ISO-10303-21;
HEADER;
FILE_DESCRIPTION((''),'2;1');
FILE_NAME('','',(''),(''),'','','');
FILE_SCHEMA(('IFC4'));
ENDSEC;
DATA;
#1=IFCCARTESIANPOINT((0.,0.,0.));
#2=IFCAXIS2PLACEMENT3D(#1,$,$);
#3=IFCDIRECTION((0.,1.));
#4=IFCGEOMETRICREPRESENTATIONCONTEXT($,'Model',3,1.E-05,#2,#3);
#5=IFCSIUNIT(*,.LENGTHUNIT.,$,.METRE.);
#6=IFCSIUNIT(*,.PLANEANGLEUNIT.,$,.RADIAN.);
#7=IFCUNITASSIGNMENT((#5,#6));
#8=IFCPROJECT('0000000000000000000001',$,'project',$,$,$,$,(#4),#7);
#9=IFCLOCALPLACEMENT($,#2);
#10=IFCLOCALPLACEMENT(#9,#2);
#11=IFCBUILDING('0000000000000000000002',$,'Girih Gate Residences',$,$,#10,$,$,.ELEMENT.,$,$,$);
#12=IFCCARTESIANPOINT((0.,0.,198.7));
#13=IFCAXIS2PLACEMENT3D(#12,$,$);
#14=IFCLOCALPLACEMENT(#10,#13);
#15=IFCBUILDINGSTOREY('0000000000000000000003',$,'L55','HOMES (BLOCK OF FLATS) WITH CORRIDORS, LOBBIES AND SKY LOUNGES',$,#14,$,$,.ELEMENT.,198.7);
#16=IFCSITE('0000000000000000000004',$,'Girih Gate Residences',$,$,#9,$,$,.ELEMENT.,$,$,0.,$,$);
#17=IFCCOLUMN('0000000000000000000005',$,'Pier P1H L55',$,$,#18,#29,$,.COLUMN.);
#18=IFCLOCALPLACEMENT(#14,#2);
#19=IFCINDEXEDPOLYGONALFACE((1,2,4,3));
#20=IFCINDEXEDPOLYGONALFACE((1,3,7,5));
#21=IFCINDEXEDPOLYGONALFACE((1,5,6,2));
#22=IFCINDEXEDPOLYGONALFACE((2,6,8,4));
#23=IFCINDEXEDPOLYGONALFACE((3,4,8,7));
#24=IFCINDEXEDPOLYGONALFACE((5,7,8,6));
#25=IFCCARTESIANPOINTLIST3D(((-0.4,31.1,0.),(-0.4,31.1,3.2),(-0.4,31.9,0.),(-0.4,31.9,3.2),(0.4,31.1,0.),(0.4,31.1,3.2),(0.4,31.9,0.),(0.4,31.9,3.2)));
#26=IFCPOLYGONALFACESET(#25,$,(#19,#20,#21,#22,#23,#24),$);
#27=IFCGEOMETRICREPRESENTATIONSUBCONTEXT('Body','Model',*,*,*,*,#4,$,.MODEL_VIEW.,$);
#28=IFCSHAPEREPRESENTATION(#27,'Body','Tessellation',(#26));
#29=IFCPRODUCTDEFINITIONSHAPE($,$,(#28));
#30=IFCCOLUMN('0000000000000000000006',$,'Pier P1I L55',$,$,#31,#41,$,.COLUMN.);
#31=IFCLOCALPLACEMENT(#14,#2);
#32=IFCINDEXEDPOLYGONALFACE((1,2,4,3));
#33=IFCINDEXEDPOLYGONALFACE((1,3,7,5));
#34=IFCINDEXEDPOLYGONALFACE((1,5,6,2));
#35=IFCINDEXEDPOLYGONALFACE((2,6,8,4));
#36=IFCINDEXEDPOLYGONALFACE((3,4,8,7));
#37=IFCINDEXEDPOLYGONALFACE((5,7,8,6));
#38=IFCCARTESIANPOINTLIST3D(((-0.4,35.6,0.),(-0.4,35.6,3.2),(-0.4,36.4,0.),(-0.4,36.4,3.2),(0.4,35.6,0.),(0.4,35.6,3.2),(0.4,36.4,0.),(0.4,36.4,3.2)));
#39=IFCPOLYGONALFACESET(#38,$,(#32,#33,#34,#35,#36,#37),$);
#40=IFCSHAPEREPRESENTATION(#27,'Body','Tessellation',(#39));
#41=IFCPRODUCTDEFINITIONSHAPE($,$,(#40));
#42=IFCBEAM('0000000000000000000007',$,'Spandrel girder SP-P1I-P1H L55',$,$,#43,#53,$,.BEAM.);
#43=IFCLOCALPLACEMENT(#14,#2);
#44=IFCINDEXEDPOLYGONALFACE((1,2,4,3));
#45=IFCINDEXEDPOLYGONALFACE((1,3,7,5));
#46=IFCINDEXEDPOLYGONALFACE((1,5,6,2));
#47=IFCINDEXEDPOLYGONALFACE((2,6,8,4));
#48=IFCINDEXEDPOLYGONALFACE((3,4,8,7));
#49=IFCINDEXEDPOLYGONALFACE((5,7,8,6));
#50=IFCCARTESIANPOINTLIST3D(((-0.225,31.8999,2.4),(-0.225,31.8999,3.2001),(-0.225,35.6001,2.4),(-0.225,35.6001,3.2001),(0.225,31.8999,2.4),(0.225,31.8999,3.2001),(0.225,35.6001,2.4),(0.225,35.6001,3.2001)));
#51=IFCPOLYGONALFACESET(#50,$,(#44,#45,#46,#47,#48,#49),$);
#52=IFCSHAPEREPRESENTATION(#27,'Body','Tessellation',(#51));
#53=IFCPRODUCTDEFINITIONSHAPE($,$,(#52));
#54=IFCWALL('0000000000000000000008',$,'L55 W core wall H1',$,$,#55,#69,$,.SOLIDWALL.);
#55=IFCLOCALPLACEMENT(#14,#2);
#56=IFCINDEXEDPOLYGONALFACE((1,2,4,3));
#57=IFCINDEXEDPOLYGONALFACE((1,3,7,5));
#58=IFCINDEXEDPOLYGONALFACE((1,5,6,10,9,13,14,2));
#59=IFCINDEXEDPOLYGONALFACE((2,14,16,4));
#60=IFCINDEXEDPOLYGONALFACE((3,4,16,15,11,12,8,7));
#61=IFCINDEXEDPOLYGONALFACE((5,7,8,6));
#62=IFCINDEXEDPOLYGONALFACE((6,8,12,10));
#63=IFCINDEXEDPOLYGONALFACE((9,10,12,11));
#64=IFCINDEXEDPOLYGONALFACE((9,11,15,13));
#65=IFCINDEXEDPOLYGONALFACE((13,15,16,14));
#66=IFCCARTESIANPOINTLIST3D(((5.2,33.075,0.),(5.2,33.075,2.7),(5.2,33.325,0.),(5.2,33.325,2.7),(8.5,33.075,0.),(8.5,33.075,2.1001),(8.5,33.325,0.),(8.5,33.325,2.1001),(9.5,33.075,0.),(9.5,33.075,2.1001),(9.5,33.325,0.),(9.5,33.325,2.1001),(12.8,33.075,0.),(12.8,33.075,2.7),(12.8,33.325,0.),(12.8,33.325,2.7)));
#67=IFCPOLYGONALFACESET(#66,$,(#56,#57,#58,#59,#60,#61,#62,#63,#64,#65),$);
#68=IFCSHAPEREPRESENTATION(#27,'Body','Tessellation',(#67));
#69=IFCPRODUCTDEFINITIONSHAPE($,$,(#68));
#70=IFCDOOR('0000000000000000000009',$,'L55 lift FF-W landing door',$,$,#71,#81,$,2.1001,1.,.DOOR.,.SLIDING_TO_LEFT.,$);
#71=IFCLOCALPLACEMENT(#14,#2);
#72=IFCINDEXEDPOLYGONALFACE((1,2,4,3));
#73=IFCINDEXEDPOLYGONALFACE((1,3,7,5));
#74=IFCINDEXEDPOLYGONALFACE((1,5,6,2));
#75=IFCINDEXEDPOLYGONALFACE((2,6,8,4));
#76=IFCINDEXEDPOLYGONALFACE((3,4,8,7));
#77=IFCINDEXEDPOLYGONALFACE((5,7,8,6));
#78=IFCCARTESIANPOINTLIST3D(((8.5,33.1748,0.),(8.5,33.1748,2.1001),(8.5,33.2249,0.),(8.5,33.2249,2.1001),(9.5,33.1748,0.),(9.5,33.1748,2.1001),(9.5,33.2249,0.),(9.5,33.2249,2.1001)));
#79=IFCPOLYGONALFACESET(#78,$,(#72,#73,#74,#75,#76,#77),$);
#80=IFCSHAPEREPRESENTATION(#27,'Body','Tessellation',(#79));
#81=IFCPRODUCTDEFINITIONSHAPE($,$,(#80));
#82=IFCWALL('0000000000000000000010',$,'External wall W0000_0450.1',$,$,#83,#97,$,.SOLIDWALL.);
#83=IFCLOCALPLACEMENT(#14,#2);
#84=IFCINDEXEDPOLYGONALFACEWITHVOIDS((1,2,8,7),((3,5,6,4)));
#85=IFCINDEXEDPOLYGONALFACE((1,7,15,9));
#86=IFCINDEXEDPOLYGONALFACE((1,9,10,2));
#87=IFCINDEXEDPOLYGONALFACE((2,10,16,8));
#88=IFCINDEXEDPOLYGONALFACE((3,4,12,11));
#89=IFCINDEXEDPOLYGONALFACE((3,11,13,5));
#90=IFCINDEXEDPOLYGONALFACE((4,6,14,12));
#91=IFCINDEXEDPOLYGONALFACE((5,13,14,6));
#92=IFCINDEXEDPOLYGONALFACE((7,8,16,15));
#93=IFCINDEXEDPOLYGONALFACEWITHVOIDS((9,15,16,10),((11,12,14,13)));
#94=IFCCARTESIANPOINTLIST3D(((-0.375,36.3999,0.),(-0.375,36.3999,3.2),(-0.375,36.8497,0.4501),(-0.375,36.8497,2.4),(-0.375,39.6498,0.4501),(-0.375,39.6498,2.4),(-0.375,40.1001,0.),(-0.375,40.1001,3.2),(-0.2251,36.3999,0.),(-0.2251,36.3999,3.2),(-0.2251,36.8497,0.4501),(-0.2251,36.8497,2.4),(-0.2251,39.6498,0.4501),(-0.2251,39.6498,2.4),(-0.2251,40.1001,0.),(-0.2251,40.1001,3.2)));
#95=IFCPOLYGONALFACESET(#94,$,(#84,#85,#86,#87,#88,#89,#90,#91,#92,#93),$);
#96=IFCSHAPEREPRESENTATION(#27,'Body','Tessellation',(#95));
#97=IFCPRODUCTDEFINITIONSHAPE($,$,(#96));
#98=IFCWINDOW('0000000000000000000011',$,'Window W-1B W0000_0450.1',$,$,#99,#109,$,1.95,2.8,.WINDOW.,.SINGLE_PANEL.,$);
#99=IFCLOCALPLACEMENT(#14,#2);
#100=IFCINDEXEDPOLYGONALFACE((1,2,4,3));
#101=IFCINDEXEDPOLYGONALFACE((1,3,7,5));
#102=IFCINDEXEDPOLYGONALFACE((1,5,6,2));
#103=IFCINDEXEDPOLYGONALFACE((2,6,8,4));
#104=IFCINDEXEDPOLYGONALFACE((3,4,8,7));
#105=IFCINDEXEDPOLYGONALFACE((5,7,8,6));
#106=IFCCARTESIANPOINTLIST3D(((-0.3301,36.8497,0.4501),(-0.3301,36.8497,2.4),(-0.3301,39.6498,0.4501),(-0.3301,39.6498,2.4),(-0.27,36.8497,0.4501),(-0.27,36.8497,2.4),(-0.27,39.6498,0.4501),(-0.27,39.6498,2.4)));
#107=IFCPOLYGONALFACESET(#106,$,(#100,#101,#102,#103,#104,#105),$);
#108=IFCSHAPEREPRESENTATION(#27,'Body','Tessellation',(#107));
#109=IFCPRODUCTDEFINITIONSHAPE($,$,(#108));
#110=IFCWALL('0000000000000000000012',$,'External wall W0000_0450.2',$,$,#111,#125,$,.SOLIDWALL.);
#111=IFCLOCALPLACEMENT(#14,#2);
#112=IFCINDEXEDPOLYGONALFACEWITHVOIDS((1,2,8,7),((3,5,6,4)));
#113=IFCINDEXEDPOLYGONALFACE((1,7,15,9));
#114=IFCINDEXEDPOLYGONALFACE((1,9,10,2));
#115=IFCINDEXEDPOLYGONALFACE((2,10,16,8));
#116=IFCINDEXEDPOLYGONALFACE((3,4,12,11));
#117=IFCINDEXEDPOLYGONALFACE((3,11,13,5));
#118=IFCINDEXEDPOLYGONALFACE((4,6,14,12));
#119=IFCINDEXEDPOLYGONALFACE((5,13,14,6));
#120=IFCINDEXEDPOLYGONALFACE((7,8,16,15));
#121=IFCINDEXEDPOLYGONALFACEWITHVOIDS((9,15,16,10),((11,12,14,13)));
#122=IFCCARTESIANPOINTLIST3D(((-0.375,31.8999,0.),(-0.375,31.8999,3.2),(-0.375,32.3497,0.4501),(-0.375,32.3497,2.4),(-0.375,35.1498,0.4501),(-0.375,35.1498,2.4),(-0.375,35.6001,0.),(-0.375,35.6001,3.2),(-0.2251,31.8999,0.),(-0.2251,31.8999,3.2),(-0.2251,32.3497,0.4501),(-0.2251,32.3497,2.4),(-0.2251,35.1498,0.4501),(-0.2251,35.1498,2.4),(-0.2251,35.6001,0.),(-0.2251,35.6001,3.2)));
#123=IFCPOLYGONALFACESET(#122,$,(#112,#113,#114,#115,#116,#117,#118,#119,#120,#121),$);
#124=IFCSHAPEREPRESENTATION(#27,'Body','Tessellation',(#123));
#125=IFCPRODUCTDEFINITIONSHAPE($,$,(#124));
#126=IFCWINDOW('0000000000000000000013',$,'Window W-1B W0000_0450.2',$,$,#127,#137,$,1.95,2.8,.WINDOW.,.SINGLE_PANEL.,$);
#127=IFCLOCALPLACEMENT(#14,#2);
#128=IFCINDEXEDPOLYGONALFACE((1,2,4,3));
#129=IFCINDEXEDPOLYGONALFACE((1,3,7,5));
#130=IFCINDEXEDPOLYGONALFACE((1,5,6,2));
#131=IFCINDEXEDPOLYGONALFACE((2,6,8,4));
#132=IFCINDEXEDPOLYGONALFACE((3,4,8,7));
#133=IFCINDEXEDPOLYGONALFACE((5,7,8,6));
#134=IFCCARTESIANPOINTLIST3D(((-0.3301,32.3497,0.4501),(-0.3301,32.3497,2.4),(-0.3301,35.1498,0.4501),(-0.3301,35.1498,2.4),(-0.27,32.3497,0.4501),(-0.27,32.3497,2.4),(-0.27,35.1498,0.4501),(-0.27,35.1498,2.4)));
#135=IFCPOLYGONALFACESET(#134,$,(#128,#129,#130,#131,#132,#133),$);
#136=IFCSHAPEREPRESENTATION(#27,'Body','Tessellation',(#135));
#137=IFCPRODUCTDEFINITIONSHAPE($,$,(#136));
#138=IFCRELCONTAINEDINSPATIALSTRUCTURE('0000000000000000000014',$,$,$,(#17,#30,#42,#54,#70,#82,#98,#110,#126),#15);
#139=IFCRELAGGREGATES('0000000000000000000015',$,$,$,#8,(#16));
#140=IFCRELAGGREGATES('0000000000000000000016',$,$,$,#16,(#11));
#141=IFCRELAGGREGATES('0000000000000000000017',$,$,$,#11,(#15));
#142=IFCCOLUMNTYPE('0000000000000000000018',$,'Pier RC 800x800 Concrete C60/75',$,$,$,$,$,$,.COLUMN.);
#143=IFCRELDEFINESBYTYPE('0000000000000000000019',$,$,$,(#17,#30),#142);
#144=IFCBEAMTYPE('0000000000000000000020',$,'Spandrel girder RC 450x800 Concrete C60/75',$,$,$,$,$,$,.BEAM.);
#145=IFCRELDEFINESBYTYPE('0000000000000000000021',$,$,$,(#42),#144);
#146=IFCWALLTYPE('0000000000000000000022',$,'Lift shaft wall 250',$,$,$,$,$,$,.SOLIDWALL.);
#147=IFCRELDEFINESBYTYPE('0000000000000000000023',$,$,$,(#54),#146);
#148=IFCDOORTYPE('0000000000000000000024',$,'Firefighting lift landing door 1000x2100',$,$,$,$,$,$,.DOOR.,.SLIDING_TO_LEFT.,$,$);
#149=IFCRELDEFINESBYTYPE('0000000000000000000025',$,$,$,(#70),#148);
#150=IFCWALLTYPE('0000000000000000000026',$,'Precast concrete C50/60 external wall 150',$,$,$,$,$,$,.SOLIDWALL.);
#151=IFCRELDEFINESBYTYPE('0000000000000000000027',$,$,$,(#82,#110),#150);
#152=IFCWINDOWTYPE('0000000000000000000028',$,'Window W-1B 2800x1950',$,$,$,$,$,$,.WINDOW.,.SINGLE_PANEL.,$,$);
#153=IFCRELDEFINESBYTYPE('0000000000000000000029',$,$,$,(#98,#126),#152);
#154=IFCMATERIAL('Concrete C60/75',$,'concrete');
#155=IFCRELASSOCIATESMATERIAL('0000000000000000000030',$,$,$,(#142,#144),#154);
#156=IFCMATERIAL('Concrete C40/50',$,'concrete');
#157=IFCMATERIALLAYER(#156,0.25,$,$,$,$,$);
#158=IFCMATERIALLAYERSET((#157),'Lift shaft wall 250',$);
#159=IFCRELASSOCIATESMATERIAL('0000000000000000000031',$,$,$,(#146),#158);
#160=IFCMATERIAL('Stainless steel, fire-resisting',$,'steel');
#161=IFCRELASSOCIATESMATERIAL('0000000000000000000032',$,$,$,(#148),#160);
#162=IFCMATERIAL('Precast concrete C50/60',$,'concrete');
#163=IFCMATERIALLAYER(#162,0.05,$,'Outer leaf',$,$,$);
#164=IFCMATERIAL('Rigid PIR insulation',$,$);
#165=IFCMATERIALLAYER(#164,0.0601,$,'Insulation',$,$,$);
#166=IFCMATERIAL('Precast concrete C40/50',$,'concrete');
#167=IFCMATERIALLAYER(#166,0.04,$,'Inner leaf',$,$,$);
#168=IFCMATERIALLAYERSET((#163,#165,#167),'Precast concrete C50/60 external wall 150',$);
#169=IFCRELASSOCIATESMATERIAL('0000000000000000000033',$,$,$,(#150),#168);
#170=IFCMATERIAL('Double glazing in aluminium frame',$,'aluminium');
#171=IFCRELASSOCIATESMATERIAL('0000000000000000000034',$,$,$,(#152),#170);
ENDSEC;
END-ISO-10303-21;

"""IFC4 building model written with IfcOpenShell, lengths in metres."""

from ifc_helpers import new_model, si_unit, direction, frame, frame_2d, origin, origin_2d, place, context, subcontext, project, spatial, rectangle, extrude, material, layer, layer_set, material_profile, profile_set, type_object, element, fill, save


model = new_model("IFC4")

# Units and contexts
model_context = context("Model", 3, precision=1e-05, world=origin(), true_north=direction((0.0, 1.0)))
body_context = subcontext(model_context, "Body", "Model", "MODEL_VIEW")
ifc_project = project(units=[si_unit("LENGTHUNIT", "METRE"), si_unit("PLANEANGLEUNIT", "RADIAN")], contexts=[model_context])

# Site, building, storey
site_placement = place(None, origin())
site = spatial("IfcSite", under=ifc_project, at=site_placement, Name="Girih Gate Residences", CompositionType="ELEMENT", RefElevation=0.0)
building_placement = place(site_placement, origin())
building = spatial("IfcBuilding", under=site, at=building_placement, Name="Girih Gate Residences", CompositionType="ELEMENT")
storey_placement = place(building_placement, frame((0.0, 0.0, 198.7)))
storey = spatial("IfcBuildingStorey", under=building, at=storey_placement, Name="L55", Description="HOMES (BLOCK OF FLATS) WITH CORRIDORS, LOBBIES AND SKY LOUNGES", CompositionType="ELEMENT", Elevation=198.7)

# Columns
ifc_material_1 = material(Name="Concrete C60/75", Category="concrete")
ifc_material_profile_1 = material_profile(ifc_material_1, rectangle(XDim=0.8, YDim=0.8, at=origin_2d()))
ifc_profile_set_1 = profile_set([ifc_material_profile_1], Name="Concrete C60/75")
column_type = type_object("IfcColumnType", Name="Pier RC 800x800 Concrete C60/75", PredefinedType="COLUMN", material=ifc_profile_set_1)
for number, where, z_axis, x_axis, name in (
    (1, (0.0, 31.5, 0.0), (0.0, 0.0, 1.0), (1.0, 0.0, 0.0), "Pier P1H L55"),
    (2, (0.0, 36.0, 0.0), (0.0, 0.0, 1.0), (1.0, 0.0, 0.0), "Pier P1I L55"),
):
    element("IfcColumn", number, at=place(storey_placement, frame(where, z_axis=z_axis, x_axis=x_axis)), inside=storey, type_object=column_type, Name=name, PredefinedType="COLUMN", context=body_context, shape_type="SweptSolid", body=[
        extrude(rectangle(XDim=0.8, YDim=0.8, at=origin_2d()), origin(), (0.0, 0.0, 1.0), 3.2),
    ])

# Beam
ifc_material_profile_2 = material_profile(ifc_material_1, rectangle(XDim=0.45, YDim=0.8, at=origin_2d()))
ifc_profile_set_2 = profile_set([ifc_material_profile_2], Name="Concrete C60/75")
beam_type = type_object("IfcBeamType", Name="Spandrel girder RC 450x800 Concrete C60/75", PredefinedType="BEAM", material=ifc_profile_set_2)
beam_placement = place(storey_placement, frame((0.0, 35.6001, 2.8), z_axis=(0.0, -1.0, 0.0), x_axis=(1.0, 0.0, 0.0)))
element("IfcBeam", 3, at=beam_placement, inside=storey, type_object=beam_type, Name="Spandrel girder SP-P1I-P1H L55", PredefinedType="BEAM", context=body_context, shape_type="SweptSolid", body=[
    extrude(rectangle(XDim=0.45, YDim=0.8, at=origin_2d()), origin(), (0.0, 0.0, 1.0), 3.7002),
])

# Wall, opening, door
ifc_material_2 = material(Name="Concrete C40/50", Category="concrete")
ifc_layer_1 = layer(ifc_material_2, 0.25)
ifc_layer_set_1 = layer_set([ifc_layer_1], Name="Lift shaft wall 250")
wall_type_1 = type_object("IfcWallType", Name="Lift shaft wall 250", PredefinedType="SOLIDWALL", material=ifc_layer_set_1)
wall_1_placement = place(storey_placement, frame((5.2, 33.2, 0.0), z_axis=(0.0, 0.0, 1.0), x_axis=(1.0, 0.0, 0.0)))
wall_1 = element("IfcWall", 4, at=wall_1_placement, inside=storey, type_object=wall_type_1, Name="L55 W core wall H1", PredefinedType="SOLIDWALL", context=body_context, shape_type="SweptSolid", body=[
    extrude(rectangle(XDim=7.6001, YDim=0.25, at=frame_2d((3.8, 0.0))), origin(), (0.0, 0.0, 1.0), 2.7),
])
opening_1_placement = place(wall_1_placement, frame((3.3, 0.0, 0.0)))
opening_1 = element("IfcOpeningElement", 5, at=opening_1_placement, cuts=wall_1, PredefinedType="OPENING", context=body_context, shape_type="SweptSolid", body=[
    extrude(rectangle(XDim=1.0, YDim=2.1001, at=frame_2d((0.5, 1.05))), frame((0.0, 0.135, 0.0), z_axis=(0.0, -1.0, 0.0), x_axis=(1.0, 0.0, 0.0)), (0.0, 0.0, 1.0), 0.27),
])
ifc_material_3 = material(Name="Stainless steel, fire-resisting", Category="steel")
door_type_1 = type_object("IfcDoorType", Name="Firefighting lift landing door 1000x2100", OperationType="SLIDING_TO_LEFT", PredefinedType="DOOR", material=ifc_material_3)
door_1_placement = place(opening_1_placement, origin())
door_1 = element("IfcDoor", 6, at=door_1_placement, inside=storey, type_object=door_type_1, Name="L55 lift FF-W landing door", OperationType="SLIDING_TO_LEFT", OverallHeight=2.1001, OverallWidth=1.0, PredefinedType="DOOR", context=body_context, shape_type="SweptSolid", body=[
    extrude(rectangle(XDim=1.0, YDim=2.1001, at=frame_2d((0.5, 1.05))), frame((0.0, 0.0249, 0.0), z_axis=(0.0, -1.0, 0.0), x_axis=(1.0, 0.0, 0.0)), (0.0, 0.0, 1.0), 0.05),
])
fill(opening_1, door_1)

# Walls, openings, windows
ifc_material_4 = material(Name="Precast concrete C50/60", Category="concrete")
ifc_layer_2 = layer(ifc_material_4, 0.05, Name="Outer leaf")
ifc_material_5 = material(Name="Rigid PIR insulation")
ifc_layer_3 = layer(ifc_material_5, 0.0601, Name="Insulation")
ifc_material_6 = material(Name="Precast concrete C40/50", Category="concrete")
ifc_layer_4 = layer(ifc_material_6, 0.04, Name="Inner leaf")
ifc_layer_set_2 = layer_set([ifc_layer_2, ifc_layer_3, ifc_layer_4], Name="Precast concrete C50/60 external wall 150")
wall_type_2 = type_object("IfcWallType", Name="Precast concrete C50/60 external wall 150", PredefinedType="SOLIDWALL", material=ifc_layer_set_2)
wall_2_placement = place(storey_placement, frame((-0.3, 36.3999, 0.0), z_axis=(0.0, 0.0, 1.0), x_axis=(0.0, 1.0, 0.0)))
wall_2 = element("IfcWall", 7, at=wall_2_placement, inside=storey, type_object=wall_type_2, Name="External wall W0000_0450.1", PredefinedType="SOLIDWALL", context=body_context, shape_type="SweptSolid", body=[
    extrude(rectangle(XDim=3.7002, YDim=0.1499, at=frame_2d((1.8501, 0.0))), origin(), (0.0, 0.0, 1.0), 3.2),
])
opening_2_placement = place(wall_2_placement, frame((0.45, 0.0, 0.45)))
opening_2 = element("IfcOpeningElement", 8, at=opening_2_placement, cuts=wall_2, PredefinedType="OPENING", context=body_context, shape_type="SweptSolid", body=[
    extrude(rectangle(XDim=2.8, YDim=1.95, at=frame_2d((1.3999, 0.9751))), frame((0.0, 0.085, 0.0), z_axis=(0.0, -1.0, 0.0), x_axis=(1.0, 0.0, 0.0)), (0.0, 0.0, 1.0), 0.1699),
])
ifc_material_7 = material(Name="Double glazing in aluminium frame", Category="aluminium")
window_type = type_object("IfcWindowType", Name="Window W-1B 2800x1950", PartitioningType="SINGLE_PANEL", PredefinedType="WINDOW", material=ifc_material_7)
window_1_placement = place(opening_2_placement, origin())
window_1 = element("IfcWindow", 9, at=window_1_placement, inside=storey, type_object=window_type, Name="Window W-1B W0000_0450.1", OverallHeight=1.95, OverallWidth=2.8, PartitioningType="SINGLE_PANEL", PredefinedType="WINDOW", context=body_context, shape_type="SweptSolid", body=[
    extrude(rectangle(XDim=2.8, YDim=1.95, at=frame_2d((1.3999, 0.9751))), frame((0.0, 0.03, 0.0), z_axis=(0.0, -1.0, 0.0), x_axis=(1.0, 0.0, 0.0)), (0.0, 0.0, 1.0), 0.0601),
])
fill(opening_2, window_1)
wall_3_placement = place(storey_placement, frame((-0.3, 31.8999, 0.0), z_axis=(0.0, 0.0, 1.0), x_axis=(0.0, 1.0, 0.0)))
wall_3 = element("IfcWall", 10, at=wall_3_placement, inside=storey, type_object=wall_type_2, Name="External wall W0000_0450.2", PredefinedType="SOLIDWALL", context=body_context, shape_type="SweptSolid", body=[
    extrude(rectangle(XDim=3.7002, YDim=0.1499, at=frame_2d((1.8501, 0.0))), origin(), (0.0, 0.0, 1.0), 3.2),
])
opening_3_placement = place(wall_3_placement, frame((0.45, 0.0, 0.45)))
opening_3 = element("IfcOpeningElement", 11, at=opening_3_placement, cuts=wall_3, PredefinedType="OPENING", context=body_context, shape_type="SweptSolid", body=[
    extrude(rectangle(XDim=2.8, YDim=1.95, at=frame_2d((1.3999, 0.9751))), frame((0.0, 0.085, 0.0), z_axis=(0.0, -1.0, 0.0), x_axis=(1.0, 0.0, 0.0)), (0.0, 0.0, 1.0), 0.1699),
])
window_2_placement = place(opening_3_placement, origin())
window_2 = element("IfcWindow", 12, at=window_2_placement, inside=storey, type_object=window_type, Name="Window W-1B W0000_0450.2", OverallHeight=1.95, OverallWidth=2.8, PartitioningType="SINGLE_PANEL", PredefinedType="WINDOW", context=body_context, shape_type="SweptSolid", body=[
    extrude(rectangle(XDim=2.8, YDim=1.95, at=frame_2d((1.3999, 0.9751))), frame((0.0, 0.03, 0.0), z_axis=(0.0, -1.0, 0.0), x_axis=(1.0, 0.0, 0.0)), (0.0, 0.0, 1.0), 0.0601),
])
fill(opening_3, window_2)

save(model, "model.ifc")
